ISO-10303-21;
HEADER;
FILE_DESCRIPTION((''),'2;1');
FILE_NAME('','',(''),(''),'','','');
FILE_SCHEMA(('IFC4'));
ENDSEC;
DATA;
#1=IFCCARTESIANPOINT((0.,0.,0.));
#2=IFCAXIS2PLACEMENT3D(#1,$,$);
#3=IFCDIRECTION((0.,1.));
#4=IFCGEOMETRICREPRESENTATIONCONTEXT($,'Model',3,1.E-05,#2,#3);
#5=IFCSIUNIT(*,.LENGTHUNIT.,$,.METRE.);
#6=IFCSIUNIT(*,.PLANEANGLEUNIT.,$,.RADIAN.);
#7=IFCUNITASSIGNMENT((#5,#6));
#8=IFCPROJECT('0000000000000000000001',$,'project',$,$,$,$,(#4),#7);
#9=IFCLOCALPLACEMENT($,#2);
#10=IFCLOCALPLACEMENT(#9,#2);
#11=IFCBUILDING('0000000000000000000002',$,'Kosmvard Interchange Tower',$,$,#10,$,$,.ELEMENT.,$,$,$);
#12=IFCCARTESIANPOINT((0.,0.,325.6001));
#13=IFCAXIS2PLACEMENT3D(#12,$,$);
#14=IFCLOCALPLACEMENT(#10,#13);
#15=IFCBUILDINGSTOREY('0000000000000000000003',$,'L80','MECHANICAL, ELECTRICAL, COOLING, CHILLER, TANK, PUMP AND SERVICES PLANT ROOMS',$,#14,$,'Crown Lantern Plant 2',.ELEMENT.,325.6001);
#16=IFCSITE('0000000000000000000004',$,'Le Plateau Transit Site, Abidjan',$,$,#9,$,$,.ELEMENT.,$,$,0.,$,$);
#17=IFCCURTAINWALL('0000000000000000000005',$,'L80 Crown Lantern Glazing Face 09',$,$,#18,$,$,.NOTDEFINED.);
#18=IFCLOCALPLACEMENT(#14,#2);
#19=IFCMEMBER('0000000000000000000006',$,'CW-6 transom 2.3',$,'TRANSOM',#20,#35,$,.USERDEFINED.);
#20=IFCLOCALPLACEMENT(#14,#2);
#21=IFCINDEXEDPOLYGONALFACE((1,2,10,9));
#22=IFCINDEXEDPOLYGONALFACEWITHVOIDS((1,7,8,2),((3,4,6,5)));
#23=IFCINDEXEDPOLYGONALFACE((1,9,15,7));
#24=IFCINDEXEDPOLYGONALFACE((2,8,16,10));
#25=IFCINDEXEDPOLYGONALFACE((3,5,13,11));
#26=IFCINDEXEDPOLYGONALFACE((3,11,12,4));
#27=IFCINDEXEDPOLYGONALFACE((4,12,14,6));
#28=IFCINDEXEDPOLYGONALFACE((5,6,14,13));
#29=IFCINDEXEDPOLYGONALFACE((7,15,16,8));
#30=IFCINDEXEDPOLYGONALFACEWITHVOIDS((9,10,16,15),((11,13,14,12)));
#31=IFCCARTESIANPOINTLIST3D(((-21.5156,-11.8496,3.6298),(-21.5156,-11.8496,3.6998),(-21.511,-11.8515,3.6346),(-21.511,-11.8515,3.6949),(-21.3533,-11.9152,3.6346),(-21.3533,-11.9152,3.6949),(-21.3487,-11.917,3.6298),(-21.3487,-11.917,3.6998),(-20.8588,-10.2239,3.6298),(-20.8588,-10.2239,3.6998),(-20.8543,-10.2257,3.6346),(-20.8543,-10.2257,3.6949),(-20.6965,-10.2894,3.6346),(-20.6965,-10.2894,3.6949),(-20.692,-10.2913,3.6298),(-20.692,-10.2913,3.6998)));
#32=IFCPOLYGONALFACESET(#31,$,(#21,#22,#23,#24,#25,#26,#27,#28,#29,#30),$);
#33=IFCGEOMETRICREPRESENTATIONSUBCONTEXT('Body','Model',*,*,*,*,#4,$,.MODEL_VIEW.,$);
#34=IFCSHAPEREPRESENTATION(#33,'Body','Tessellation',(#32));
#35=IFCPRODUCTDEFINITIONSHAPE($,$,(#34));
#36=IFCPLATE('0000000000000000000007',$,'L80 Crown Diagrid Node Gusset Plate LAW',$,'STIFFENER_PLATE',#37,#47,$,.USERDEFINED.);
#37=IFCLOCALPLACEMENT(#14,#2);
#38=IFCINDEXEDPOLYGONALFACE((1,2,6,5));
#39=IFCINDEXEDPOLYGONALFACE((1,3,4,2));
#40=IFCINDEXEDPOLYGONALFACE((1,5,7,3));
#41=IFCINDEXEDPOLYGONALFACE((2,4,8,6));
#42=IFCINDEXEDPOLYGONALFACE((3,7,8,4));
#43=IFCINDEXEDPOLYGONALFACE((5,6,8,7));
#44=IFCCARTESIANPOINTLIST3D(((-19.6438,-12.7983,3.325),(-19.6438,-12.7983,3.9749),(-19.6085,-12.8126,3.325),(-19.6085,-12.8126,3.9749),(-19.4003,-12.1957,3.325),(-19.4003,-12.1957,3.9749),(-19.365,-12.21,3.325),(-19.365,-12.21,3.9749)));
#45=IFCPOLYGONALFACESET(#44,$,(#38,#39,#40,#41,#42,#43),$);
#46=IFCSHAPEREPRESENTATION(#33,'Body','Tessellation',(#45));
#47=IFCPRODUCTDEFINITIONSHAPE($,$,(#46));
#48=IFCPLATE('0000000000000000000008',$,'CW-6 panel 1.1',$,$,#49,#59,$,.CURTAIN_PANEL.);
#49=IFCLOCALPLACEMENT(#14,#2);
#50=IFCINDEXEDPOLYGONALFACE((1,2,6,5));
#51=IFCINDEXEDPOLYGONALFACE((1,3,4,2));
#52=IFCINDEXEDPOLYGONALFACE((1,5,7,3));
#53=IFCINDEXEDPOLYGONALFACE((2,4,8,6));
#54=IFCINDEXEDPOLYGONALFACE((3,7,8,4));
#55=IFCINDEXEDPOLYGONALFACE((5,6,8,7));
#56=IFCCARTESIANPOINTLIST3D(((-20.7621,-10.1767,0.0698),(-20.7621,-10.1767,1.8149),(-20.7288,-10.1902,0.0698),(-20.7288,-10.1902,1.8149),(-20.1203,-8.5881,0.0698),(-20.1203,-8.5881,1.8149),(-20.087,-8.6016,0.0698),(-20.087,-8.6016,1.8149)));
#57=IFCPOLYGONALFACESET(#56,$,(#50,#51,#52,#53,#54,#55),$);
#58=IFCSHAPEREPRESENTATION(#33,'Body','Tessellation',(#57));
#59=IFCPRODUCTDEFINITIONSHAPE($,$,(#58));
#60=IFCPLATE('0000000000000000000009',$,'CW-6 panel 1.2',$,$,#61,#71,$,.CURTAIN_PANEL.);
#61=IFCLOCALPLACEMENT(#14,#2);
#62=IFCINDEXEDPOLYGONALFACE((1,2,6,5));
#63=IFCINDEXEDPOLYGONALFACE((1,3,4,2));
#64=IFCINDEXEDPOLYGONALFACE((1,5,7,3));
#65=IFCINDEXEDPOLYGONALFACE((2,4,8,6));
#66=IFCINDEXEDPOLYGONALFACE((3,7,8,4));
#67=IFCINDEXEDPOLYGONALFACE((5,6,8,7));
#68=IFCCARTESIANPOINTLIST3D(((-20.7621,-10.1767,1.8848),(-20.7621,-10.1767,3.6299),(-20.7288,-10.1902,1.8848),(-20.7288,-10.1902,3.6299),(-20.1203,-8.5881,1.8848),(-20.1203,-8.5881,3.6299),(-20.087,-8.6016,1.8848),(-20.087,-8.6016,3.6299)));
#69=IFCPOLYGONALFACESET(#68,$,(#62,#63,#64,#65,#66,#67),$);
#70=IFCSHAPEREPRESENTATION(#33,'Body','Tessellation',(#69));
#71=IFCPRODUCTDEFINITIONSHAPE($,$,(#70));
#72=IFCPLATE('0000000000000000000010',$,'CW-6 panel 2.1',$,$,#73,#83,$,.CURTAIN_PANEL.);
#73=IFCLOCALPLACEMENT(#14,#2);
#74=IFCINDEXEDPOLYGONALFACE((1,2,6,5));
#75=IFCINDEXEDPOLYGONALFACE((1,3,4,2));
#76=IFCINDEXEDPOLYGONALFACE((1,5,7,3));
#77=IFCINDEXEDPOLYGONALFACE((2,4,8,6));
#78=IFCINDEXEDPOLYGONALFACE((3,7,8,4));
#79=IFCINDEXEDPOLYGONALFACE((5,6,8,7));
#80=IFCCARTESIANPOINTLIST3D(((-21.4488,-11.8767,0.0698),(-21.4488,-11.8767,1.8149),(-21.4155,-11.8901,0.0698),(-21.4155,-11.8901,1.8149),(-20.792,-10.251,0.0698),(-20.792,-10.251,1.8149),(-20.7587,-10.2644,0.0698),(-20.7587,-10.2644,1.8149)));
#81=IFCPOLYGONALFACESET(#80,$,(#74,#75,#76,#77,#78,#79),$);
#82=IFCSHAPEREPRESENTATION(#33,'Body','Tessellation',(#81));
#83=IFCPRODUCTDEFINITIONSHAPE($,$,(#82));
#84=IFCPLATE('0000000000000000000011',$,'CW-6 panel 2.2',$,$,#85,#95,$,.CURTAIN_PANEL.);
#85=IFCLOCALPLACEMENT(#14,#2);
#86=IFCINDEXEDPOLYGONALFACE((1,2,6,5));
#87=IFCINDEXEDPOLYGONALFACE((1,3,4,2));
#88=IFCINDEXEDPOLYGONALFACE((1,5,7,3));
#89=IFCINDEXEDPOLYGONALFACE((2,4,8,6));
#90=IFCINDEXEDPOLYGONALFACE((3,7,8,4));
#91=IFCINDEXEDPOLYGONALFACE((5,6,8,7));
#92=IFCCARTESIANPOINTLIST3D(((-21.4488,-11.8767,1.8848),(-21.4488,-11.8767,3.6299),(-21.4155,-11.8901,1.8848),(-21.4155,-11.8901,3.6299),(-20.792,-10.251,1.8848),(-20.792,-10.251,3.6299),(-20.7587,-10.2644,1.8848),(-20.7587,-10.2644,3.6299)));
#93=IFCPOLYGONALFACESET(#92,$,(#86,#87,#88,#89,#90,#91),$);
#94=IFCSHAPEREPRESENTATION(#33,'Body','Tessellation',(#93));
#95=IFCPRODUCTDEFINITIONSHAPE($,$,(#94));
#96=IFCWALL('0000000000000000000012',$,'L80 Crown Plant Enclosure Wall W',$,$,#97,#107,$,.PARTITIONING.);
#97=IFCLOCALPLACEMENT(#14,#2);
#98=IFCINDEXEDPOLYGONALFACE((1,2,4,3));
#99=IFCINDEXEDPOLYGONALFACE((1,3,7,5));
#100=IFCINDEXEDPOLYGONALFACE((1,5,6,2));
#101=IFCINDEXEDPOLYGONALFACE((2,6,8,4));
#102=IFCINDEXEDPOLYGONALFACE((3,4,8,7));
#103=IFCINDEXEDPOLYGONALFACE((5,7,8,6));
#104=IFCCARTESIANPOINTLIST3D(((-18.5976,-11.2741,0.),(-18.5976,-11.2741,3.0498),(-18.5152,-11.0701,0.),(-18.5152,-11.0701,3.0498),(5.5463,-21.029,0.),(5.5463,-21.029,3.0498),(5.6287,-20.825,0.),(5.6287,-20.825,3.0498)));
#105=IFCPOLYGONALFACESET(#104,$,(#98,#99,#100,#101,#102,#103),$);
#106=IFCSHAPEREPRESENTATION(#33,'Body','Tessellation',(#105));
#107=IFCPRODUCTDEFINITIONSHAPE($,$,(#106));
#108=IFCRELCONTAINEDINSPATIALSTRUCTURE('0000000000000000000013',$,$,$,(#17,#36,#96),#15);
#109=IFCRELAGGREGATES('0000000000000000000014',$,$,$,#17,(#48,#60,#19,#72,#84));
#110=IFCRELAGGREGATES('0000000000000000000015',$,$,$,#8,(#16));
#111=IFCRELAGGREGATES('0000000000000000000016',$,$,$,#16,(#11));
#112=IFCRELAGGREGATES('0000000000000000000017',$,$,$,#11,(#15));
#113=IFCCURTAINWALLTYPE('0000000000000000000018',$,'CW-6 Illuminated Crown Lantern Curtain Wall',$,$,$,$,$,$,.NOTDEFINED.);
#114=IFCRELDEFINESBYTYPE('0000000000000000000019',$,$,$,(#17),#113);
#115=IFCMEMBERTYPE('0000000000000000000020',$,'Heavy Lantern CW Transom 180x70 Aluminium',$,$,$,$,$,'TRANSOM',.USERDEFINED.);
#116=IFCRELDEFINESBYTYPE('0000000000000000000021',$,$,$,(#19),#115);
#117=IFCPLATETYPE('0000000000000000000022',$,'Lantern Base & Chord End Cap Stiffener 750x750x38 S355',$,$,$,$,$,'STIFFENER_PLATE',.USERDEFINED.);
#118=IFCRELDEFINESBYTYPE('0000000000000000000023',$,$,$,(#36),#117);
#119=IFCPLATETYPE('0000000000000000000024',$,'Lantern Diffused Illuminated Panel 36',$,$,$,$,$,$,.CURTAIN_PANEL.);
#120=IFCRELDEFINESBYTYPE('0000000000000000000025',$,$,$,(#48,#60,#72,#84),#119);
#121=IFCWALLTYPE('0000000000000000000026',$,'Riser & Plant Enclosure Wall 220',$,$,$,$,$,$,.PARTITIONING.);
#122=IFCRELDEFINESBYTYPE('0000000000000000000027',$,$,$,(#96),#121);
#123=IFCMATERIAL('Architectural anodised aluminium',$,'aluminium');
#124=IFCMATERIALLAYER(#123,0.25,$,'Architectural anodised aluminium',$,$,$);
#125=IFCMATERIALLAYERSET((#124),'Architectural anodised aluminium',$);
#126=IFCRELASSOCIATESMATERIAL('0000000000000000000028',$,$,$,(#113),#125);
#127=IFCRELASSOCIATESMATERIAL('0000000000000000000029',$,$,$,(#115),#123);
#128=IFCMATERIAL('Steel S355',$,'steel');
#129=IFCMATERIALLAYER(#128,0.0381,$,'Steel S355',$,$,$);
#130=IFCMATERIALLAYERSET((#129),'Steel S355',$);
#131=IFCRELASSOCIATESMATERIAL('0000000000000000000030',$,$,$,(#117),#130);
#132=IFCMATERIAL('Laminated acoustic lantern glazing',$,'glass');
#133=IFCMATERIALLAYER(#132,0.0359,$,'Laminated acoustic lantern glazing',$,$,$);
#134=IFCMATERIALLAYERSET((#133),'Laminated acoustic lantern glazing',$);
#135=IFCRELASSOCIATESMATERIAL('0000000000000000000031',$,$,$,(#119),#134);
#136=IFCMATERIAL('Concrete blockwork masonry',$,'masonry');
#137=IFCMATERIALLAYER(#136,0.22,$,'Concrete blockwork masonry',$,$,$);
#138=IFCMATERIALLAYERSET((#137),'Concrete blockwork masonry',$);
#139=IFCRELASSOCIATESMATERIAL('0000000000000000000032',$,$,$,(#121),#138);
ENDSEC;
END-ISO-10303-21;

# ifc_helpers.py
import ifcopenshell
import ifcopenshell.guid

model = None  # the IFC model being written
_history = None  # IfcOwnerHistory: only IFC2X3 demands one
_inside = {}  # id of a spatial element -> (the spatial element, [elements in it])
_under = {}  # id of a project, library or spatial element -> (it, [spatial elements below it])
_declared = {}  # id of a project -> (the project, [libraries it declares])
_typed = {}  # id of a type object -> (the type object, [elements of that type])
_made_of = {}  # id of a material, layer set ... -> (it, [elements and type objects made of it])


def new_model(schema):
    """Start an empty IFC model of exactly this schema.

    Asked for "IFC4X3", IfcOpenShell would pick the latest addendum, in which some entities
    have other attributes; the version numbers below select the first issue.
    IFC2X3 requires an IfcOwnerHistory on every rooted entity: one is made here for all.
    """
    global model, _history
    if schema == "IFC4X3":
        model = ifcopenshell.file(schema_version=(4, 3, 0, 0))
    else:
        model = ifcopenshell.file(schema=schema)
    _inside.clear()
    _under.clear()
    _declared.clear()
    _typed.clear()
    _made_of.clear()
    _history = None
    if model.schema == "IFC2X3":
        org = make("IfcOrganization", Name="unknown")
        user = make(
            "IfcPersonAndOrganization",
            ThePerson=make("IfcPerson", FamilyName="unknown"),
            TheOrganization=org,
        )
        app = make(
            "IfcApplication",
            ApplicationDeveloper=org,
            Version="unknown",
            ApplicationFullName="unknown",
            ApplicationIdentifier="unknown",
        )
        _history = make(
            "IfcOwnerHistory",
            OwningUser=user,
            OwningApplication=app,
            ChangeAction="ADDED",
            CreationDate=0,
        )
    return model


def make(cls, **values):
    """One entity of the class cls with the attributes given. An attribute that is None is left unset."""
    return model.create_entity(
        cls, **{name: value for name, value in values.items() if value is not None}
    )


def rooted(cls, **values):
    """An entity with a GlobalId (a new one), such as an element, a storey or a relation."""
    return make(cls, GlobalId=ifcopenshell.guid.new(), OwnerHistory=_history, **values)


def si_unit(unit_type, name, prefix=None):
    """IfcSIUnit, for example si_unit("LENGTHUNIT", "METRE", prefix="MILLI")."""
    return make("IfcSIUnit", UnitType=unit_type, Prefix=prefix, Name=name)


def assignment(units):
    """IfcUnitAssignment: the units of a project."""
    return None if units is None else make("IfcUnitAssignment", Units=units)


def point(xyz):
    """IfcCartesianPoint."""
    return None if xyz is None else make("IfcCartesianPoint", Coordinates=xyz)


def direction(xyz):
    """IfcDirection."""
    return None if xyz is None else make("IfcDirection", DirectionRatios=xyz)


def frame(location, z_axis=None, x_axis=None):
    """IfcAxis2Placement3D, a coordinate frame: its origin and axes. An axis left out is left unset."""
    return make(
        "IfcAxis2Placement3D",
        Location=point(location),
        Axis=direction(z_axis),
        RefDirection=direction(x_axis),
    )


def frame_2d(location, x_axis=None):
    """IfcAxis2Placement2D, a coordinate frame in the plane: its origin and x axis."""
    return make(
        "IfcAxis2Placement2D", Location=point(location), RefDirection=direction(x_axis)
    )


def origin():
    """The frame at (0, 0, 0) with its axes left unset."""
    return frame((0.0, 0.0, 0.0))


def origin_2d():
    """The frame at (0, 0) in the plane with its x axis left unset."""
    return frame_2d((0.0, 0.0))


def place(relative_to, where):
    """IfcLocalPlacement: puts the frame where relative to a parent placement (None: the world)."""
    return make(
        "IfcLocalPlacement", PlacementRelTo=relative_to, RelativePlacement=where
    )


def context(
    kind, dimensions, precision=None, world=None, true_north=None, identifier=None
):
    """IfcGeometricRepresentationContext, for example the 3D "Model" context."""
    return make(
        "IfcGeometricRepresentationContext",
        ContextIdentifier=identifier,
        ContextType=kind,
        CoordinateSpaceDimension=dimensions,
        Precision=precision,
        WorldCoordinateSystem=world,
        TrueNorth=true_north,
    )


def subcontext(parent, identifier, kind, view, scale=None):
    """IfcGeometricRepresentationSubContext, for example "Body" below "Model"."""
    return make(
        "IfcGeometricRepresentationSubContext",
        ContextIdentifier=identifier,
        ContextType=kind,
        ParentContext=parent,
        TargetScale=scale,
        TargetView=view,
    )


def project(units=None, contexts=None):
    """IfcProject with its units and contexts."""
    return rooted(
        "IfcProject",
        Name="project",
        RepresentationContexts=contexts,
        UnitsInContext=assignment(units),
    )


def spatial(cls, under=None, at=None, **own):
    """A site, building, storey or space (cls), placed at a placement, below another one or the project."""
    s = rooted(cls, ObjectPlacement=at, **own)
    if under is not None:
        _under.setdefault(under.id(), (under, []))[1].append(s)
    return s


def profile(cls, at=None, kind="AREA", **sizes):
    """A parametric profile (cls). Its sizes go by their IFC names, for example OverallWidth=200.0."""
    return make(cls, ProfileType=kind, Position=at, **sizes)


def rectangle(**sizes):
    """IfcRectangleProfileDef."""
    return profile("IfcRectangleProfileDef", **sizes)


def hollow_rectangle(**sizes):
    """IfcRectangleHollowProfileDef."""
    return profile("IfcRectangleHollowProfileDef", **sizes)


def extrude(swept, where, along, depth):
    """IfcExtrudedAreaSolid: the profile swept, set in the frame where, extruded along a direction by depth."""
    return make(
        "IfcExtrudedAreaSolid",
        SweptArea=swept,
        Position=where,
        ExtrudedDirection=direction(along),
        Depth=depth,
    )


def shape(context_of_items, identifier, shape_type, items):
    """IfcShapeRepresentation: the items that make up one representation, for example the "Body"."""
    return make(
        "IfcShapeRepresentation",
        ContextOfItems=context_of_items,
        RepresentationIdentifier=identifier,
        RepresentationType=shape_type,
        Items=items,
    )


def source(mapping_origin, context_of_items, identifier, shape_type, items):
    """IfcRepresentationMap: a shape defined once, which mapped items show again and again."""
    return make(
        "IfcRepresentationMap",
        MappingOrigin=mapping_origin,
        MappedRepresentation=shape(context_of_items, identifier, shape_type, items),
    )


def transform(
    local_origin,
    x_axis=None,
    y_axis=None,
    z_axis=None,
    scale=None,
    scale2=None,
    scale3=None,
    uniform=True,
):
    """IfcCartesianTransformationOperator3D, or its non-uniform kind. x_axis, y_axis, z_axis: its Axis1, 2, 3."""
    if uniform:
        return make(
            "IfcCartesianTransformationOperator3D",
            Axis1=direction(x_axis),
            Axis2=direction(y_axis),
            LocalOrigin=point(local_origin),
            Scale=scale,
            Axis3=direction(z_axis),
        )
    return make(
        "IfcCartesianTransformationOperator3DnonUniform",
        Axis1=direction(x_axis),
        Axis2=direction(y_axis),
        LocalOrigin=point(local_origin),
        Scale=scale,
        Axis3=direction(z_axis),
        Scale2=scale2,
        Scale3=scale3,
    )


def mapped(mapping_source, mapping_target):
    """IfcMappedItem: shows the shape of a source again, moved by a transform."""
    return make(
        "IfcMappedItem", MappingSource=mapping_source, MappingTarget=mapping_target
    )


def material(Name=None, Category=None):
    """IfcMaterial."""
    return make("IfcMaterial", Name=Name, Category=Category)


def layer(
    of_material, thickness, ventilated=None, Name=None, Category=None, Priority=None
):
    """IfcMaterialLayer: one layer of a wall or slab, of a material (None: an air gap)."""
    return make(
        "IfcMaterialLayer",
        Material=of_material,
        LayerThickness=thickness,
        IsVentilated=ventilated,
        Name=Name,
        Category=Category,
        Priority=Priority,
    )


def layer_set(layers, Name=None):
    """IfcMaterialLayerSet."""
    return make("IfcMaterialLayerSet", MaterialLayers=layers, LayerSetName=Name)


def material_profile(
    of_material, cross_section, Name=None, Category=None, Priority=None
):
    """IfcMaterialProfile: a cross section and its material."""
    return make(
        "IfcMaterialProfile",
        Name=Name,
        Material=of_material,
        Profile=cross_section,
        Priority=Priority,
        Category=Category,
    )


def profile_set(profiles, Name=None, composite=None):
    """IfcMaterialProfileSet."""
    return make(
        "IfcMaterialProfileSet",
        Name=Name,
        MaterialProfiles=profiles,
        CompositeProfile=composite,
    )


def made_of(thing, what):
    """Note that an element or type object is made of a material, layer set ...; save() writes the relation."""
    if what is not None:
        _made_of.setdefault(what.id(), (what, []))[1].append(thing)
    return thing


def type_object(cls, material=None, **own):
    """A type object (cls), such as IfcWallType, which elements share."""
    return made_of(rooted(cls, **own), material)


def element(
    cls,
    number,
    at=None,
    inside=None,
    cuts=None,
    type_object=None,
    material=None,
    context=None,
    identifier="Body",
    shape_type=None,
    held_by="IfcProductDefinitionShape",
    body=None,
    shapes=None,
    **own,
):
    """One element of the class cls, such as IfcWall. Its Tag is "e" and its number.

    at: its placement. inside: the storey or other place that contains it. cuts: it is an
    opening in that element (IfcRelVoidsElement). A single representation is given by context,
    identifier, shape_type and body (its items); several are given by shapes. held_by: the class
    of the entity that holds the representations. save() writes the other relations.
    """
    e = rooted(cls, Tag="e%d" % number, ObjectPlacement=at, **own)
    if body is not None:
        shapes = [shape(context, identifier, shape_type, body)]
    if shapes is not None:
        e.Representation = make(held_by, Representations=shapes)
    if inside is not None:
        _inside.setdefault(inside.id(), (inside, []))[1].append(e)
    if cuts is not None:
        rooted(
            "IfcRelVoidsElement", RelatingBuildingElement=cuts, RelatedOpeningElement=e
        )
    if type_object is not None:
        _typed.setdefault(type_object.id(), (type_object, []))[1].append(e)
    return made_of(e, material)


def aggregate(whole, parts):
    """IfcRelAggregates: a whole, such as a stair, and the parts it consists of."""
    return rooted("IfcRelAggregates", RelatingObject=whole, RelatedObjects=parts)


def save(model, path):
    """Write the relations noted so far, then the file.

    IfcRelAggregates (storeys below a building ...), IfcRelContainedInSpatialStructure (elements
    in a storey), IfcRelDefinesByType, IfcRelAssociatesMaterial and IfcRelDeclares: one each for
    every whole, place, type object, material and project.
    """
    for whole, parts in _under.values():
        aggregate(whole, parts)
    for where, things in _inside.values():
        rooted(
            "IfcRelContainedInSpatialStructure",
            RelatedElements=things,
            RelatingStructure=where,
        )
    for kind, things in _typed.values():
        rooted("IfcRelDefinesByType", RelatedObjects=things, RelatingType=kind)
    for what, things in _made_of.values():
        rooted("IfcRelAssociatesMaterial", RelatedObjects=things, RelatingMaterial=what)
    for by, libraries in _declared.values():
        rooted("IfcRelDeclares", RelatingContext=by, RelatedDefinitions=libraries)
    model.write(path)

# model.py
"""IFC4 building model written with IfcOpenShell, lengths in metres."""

from ifc_helpers import new_model, si_unit, direction, frame, frame_2d, origin, origin_2d, place, context, subcontext, project, spatial, rectangle, hollow_rectangle, extrude, source, transform, mapped, material, layer, layer_set, material_profile, profile_set, type_object, element, aggregate, save


model = new_model("IFC4")

# Units and contexts
model_context = context("Model", 3, precision=1e-05, world=origin(), true_north=direction((0.0, 1.0)))
body_context = subcontext(model_context, "Body", "Model", "MODEL_VIEW")
ifc_project = project(units=[si_unit("LENGTHUNIT", "METRE"), si_unit("PLANEANGLEUNIT", "RADIAN")], contexts=[model_context])

# Site, building, storey
site_placement = place(None, origin())
site = spatial("IfcSite", under=ifc_project, at=site_placement, Name="Le Plateau Transit Site, Abidjan", CompositionType="ELEMENT", RefElevation=0.0)
building_placement = place(site_placement, origin())
building = spatial("IfcBuilding", under=site, at=building_placement, Name="Kosmvard Interchange Tower", CompositionType="ELEMENT")
storey_placement = place(building_placement, frame((0.0, 0.0, 325.6001)))
storey = spatial("IfcBuildingStorey", under=building, at=storey_placement, Name="L80", Description="MECHANICAL, ELECTRICAL, COOLING, CHILLER, TANK, PUMP AND SERVICES PLANT ROOMS", LongName="Crown Lantern Plant 2", CompositionType="ELEMENT", Elevation=325.6001)

# Shared definitions
ifc_material_1 = material(Name="Steel S355", Category="steel")

# Shared definitions
ifc_material_2 = material(Name="Architectural anodised aluminium", Category="aluminium")
ifc_layer_1 = layer(ifc_material_2, 0.25, Name="Architectural anodised aluminium")
ifc_layer_set_1 = layer_set([ifc_layer_1], Name="Architectural anodised aluminium")
curtain_wall_type = type_object("IfcCurtainWallType", Name="CW-6 Illuminated Crown Lantern Curtain Wall", PredefinedType="NOTDEFINED", material=ifc_layer_set_1)

# Curtain wall, member
curtain_wall_1_placement = place(storey_placement, origin())
curtain_wall_1 = element("IfcCurtainWall", 1, at=curtain_wall_1_placement, inside=storey, type_object=curtain_wall_type, Name="L80 Crown Lantern Glazing Face 09", PredefinedType="NOTDEFINED")
ifc_material_profile_1 = material_profile(ifc_material_2, hollow_rectangle(XDim=0.1799, YDim=0.0701, WallThickness=0.0049, at=origin_2d()), Name="CWT 180x70x5")
ifc_profile_set_1 = profile_set([ifc_material_profile_1], Name="Architectural anodised aluminium")
member_type_1 = type_object("IfcMemberType", Name="Heavy Lantern CW Transom 180x70 Aluminium", ElementType="TRANSOM", PredefinedType="USERDEFINED", material=ifc_profile_set_1)
shared_shape_1 = source(origin(), body_context, "Body", "SweptSolid", [
    extrude(hollow_rectangle(XDim=0.1799, YDim=0.0701, WallThickness=0.0049, at=origin_2d()), origin(), (0.0, 0.0, 1.0), 1.7534),
])
member_1_placement = place(storey_placement, frame((-20.7754, -10.2576, 3.6648), z_axis=(-0.374557, -0.927204, 0.0), x_axis=(0.927204, -0.374557, 0.0)))
member_1 = element("IfcMember", 2, at=member_1_placement, type_object=member_type_1, Name="CW-6 transom 2.3", ObjectType="TRANSOM", PredefinedType="USERDEFINED", context=body_context, shape_type="MappedRepresentation", body=[
    mapped(shared_shape_1, transform((0.0, 0.0, 0.0), scale=1.0)),
])

# Plates
ifc_layer_2 = layer(ifc_material_1, 0.0381, Name="Steel S355")
ifc_layer_set_2 = layer_set([ifc_layer_2], Name="Steel S355")
plate_type_1 = type_object("IfcPlateType", Name="Lantern Base & Chord End Cap Stiffener 750x750x38 S355", ElementType="STIFFENER_PLATE", PredefinedType="USERDEFINED", material=ifc_layer_set_2)
shared_shape_2 = source(origin(), body_context, "Body", "SweptSolid", [
    extrude(rectangle(XDim=0.6499, YDim=0.0381, at=origin_2d()), origin(), (0.0, 0.0, 1.0), 0.6499),
])
plate_1_placement = place(storey_placement, frame((-19.5044, -12.5042, 3.325), z_axis=(0.0, 0.0, 1.0), x_axis=(0.374607, 0.927184, 0.0)))
element("IfcPlate", 3, at=plate_1_placement, inside=storey, type_object=plate_type_1, Name="L80 Crown Diagrid Node Gusset Plate LAW", ObjectType="STIFFENER_PLATE", PredefinedType="USERDEFINED", context=body_context, shape_type="MappedRepresentation", body=[
    mapped(shared_shape_2, transform((0.0, 0.0, 0.0), scale=1.0)),
])
ifc_material_3 = material(Name="Laminated acoustic lantern glazing", Category="glass")
ifc_layer_3 = layer(ifc_material_3, 0.0359, Name="Laminated acoustic lantern glazing")
ifc_layer_set_3 = layer_set([ifc_layer_3], Name="Laminated acoustic lantern glazing")
plate_type_2 = type_object("IfcPlateType", Name="Lantern Diffused Illuminated Panel 36", PredefinedType="CURTAIN_PANEL", material=ifc_layer_set_3)
shared_shape_3 = source(origin(), body_context, "Body", "SweptSolid", [
    extrude(rectangle(XDim=1.7134, YDim=0.0359, at=origin_2d()), origin(), (0.0, 0.0, 1.0), 1.7451),
])
plate_2_placement = place(storey_placement, frame((-20.4246, -9.3892, 0.0698), z_axis=(0.0, 0.0, 1.0), x_axis=(-0.374607, -0.927184, 0.0)))
plate_2 = element("IfcPlate", 4, at=plate_2_placement, type_object=plate_type_2, Name="CW-6 panel 1.1", PredefinedType="CURTAIN_PANEL", context=body_context, shape_type="MappedRepresentation", body=[
    mapped(shared_shape_3, transform((0.0, 0.0, 0.0), scale=1.0)),
])
plate_3_placement = place(storey_placement, frame((-20.4246, -9.3892, 1.8848), z_axis=(0.0, 0.0, 1.0), x_axis=(-0.374607, -0.927184, 0.0)))
plate_3 = element("IfcPlate", 5, at=plate_3_placement, type_object=plate_type_2, Name="CW-6 panel 1.2", PredefinedType="CURTAIN_PANEL", context=body_context, shape_type="MappedRepresentation", body=[
    mapped(shared_shape_3, transform((0.0, 0.0, 0.0), scale=1.0)),
])
shared_shape_4 = source(origin(), body_context, "Body", "SweptSolid", [
    extrude(rectangle(XDim=1.7534, YDim=0.0359, at=origin_2d()), origin(), (0.0, 0.0, 1.0), 1.7451),
])
plate_4_placement = place(storey_placement, frame((-21.1038, -11.0706, 0.0698), z_axis=(0.0, 0.0, 1.0), x_axis=(-0.374607, -0.927184, 0.0)))
plate_4 = element("IfcPlate", 6, at=plate_4_placement, type_object=plate_type_2, Name="CW-6 panel 2.1", PredefinedType="CURTAIN_PANEL", context=body_context, shape_type="MappedRepresentation", body=[
    mapped(shared_shape_4, transform((0.0, 0.0, 0.0), scale=1.0)),
])
plate_5_placement = place(storey_placement, frame((-21.1038, -11.0706, 1.8848), z_axis=(0.0, 0.0, 1.0), x_axis=(-0.374607, -0.927184, 0.0)))
plate_5 = element("IfcPlate", 7, at=plate_5_placement, type_object=plate_type_2, Name="CW-6 panel 2.2", PredefinedType="CURTAIN_PANEL", context=body_context, shape_type="MappedRepresentation", body=[
    mapped(shared_shape_4, transform((0.0, 0.0, 0.0), scale=1.0)),
])
aggregate(curtain_wall_1, [plate_2, plate_3, member_1, plate_4, plate_5])

# Wall
ifc_material_4 = material(Name="Concrete blockwork masonry", Category="masonry")
ifc_layer_4 = layer(ifc_material_4, 0.22, Name="Concrete blockwork masonry")
ifc_layer_set_4 = layer_set([ifc_layer_4], Name="Concrete blockwork masonry")
wall_type = type_object("IfcWallType", Name="Riser & Plant Enclosure Wall 220", PredefinedType="PARTITIONING", material=ifc_layer_set_4)
wall_placement = place(storey_placement, frame((-18.5564, -11.1721, 0.0), z_axis=(0.0, 0.0, 1.0), x_axis=(0.927182, -0.374612, 0.0)))
element("IfcWall", 8, at=wall_placement, inside=storey, type_object=wall_type, Name="L80 Crown Plant Enclosure Wall W", PredefinedType="PARTITIONING", context=body_context, shape_type="SweptSolid", body=[
    extrude(rectangle(XDim=26.04, YDim=0.22, at=frame_2d((13.02, 0.0))), origin(), (0.0, 0.0, 1.0), 3.0498),
])

save(model, "model.ifc")
